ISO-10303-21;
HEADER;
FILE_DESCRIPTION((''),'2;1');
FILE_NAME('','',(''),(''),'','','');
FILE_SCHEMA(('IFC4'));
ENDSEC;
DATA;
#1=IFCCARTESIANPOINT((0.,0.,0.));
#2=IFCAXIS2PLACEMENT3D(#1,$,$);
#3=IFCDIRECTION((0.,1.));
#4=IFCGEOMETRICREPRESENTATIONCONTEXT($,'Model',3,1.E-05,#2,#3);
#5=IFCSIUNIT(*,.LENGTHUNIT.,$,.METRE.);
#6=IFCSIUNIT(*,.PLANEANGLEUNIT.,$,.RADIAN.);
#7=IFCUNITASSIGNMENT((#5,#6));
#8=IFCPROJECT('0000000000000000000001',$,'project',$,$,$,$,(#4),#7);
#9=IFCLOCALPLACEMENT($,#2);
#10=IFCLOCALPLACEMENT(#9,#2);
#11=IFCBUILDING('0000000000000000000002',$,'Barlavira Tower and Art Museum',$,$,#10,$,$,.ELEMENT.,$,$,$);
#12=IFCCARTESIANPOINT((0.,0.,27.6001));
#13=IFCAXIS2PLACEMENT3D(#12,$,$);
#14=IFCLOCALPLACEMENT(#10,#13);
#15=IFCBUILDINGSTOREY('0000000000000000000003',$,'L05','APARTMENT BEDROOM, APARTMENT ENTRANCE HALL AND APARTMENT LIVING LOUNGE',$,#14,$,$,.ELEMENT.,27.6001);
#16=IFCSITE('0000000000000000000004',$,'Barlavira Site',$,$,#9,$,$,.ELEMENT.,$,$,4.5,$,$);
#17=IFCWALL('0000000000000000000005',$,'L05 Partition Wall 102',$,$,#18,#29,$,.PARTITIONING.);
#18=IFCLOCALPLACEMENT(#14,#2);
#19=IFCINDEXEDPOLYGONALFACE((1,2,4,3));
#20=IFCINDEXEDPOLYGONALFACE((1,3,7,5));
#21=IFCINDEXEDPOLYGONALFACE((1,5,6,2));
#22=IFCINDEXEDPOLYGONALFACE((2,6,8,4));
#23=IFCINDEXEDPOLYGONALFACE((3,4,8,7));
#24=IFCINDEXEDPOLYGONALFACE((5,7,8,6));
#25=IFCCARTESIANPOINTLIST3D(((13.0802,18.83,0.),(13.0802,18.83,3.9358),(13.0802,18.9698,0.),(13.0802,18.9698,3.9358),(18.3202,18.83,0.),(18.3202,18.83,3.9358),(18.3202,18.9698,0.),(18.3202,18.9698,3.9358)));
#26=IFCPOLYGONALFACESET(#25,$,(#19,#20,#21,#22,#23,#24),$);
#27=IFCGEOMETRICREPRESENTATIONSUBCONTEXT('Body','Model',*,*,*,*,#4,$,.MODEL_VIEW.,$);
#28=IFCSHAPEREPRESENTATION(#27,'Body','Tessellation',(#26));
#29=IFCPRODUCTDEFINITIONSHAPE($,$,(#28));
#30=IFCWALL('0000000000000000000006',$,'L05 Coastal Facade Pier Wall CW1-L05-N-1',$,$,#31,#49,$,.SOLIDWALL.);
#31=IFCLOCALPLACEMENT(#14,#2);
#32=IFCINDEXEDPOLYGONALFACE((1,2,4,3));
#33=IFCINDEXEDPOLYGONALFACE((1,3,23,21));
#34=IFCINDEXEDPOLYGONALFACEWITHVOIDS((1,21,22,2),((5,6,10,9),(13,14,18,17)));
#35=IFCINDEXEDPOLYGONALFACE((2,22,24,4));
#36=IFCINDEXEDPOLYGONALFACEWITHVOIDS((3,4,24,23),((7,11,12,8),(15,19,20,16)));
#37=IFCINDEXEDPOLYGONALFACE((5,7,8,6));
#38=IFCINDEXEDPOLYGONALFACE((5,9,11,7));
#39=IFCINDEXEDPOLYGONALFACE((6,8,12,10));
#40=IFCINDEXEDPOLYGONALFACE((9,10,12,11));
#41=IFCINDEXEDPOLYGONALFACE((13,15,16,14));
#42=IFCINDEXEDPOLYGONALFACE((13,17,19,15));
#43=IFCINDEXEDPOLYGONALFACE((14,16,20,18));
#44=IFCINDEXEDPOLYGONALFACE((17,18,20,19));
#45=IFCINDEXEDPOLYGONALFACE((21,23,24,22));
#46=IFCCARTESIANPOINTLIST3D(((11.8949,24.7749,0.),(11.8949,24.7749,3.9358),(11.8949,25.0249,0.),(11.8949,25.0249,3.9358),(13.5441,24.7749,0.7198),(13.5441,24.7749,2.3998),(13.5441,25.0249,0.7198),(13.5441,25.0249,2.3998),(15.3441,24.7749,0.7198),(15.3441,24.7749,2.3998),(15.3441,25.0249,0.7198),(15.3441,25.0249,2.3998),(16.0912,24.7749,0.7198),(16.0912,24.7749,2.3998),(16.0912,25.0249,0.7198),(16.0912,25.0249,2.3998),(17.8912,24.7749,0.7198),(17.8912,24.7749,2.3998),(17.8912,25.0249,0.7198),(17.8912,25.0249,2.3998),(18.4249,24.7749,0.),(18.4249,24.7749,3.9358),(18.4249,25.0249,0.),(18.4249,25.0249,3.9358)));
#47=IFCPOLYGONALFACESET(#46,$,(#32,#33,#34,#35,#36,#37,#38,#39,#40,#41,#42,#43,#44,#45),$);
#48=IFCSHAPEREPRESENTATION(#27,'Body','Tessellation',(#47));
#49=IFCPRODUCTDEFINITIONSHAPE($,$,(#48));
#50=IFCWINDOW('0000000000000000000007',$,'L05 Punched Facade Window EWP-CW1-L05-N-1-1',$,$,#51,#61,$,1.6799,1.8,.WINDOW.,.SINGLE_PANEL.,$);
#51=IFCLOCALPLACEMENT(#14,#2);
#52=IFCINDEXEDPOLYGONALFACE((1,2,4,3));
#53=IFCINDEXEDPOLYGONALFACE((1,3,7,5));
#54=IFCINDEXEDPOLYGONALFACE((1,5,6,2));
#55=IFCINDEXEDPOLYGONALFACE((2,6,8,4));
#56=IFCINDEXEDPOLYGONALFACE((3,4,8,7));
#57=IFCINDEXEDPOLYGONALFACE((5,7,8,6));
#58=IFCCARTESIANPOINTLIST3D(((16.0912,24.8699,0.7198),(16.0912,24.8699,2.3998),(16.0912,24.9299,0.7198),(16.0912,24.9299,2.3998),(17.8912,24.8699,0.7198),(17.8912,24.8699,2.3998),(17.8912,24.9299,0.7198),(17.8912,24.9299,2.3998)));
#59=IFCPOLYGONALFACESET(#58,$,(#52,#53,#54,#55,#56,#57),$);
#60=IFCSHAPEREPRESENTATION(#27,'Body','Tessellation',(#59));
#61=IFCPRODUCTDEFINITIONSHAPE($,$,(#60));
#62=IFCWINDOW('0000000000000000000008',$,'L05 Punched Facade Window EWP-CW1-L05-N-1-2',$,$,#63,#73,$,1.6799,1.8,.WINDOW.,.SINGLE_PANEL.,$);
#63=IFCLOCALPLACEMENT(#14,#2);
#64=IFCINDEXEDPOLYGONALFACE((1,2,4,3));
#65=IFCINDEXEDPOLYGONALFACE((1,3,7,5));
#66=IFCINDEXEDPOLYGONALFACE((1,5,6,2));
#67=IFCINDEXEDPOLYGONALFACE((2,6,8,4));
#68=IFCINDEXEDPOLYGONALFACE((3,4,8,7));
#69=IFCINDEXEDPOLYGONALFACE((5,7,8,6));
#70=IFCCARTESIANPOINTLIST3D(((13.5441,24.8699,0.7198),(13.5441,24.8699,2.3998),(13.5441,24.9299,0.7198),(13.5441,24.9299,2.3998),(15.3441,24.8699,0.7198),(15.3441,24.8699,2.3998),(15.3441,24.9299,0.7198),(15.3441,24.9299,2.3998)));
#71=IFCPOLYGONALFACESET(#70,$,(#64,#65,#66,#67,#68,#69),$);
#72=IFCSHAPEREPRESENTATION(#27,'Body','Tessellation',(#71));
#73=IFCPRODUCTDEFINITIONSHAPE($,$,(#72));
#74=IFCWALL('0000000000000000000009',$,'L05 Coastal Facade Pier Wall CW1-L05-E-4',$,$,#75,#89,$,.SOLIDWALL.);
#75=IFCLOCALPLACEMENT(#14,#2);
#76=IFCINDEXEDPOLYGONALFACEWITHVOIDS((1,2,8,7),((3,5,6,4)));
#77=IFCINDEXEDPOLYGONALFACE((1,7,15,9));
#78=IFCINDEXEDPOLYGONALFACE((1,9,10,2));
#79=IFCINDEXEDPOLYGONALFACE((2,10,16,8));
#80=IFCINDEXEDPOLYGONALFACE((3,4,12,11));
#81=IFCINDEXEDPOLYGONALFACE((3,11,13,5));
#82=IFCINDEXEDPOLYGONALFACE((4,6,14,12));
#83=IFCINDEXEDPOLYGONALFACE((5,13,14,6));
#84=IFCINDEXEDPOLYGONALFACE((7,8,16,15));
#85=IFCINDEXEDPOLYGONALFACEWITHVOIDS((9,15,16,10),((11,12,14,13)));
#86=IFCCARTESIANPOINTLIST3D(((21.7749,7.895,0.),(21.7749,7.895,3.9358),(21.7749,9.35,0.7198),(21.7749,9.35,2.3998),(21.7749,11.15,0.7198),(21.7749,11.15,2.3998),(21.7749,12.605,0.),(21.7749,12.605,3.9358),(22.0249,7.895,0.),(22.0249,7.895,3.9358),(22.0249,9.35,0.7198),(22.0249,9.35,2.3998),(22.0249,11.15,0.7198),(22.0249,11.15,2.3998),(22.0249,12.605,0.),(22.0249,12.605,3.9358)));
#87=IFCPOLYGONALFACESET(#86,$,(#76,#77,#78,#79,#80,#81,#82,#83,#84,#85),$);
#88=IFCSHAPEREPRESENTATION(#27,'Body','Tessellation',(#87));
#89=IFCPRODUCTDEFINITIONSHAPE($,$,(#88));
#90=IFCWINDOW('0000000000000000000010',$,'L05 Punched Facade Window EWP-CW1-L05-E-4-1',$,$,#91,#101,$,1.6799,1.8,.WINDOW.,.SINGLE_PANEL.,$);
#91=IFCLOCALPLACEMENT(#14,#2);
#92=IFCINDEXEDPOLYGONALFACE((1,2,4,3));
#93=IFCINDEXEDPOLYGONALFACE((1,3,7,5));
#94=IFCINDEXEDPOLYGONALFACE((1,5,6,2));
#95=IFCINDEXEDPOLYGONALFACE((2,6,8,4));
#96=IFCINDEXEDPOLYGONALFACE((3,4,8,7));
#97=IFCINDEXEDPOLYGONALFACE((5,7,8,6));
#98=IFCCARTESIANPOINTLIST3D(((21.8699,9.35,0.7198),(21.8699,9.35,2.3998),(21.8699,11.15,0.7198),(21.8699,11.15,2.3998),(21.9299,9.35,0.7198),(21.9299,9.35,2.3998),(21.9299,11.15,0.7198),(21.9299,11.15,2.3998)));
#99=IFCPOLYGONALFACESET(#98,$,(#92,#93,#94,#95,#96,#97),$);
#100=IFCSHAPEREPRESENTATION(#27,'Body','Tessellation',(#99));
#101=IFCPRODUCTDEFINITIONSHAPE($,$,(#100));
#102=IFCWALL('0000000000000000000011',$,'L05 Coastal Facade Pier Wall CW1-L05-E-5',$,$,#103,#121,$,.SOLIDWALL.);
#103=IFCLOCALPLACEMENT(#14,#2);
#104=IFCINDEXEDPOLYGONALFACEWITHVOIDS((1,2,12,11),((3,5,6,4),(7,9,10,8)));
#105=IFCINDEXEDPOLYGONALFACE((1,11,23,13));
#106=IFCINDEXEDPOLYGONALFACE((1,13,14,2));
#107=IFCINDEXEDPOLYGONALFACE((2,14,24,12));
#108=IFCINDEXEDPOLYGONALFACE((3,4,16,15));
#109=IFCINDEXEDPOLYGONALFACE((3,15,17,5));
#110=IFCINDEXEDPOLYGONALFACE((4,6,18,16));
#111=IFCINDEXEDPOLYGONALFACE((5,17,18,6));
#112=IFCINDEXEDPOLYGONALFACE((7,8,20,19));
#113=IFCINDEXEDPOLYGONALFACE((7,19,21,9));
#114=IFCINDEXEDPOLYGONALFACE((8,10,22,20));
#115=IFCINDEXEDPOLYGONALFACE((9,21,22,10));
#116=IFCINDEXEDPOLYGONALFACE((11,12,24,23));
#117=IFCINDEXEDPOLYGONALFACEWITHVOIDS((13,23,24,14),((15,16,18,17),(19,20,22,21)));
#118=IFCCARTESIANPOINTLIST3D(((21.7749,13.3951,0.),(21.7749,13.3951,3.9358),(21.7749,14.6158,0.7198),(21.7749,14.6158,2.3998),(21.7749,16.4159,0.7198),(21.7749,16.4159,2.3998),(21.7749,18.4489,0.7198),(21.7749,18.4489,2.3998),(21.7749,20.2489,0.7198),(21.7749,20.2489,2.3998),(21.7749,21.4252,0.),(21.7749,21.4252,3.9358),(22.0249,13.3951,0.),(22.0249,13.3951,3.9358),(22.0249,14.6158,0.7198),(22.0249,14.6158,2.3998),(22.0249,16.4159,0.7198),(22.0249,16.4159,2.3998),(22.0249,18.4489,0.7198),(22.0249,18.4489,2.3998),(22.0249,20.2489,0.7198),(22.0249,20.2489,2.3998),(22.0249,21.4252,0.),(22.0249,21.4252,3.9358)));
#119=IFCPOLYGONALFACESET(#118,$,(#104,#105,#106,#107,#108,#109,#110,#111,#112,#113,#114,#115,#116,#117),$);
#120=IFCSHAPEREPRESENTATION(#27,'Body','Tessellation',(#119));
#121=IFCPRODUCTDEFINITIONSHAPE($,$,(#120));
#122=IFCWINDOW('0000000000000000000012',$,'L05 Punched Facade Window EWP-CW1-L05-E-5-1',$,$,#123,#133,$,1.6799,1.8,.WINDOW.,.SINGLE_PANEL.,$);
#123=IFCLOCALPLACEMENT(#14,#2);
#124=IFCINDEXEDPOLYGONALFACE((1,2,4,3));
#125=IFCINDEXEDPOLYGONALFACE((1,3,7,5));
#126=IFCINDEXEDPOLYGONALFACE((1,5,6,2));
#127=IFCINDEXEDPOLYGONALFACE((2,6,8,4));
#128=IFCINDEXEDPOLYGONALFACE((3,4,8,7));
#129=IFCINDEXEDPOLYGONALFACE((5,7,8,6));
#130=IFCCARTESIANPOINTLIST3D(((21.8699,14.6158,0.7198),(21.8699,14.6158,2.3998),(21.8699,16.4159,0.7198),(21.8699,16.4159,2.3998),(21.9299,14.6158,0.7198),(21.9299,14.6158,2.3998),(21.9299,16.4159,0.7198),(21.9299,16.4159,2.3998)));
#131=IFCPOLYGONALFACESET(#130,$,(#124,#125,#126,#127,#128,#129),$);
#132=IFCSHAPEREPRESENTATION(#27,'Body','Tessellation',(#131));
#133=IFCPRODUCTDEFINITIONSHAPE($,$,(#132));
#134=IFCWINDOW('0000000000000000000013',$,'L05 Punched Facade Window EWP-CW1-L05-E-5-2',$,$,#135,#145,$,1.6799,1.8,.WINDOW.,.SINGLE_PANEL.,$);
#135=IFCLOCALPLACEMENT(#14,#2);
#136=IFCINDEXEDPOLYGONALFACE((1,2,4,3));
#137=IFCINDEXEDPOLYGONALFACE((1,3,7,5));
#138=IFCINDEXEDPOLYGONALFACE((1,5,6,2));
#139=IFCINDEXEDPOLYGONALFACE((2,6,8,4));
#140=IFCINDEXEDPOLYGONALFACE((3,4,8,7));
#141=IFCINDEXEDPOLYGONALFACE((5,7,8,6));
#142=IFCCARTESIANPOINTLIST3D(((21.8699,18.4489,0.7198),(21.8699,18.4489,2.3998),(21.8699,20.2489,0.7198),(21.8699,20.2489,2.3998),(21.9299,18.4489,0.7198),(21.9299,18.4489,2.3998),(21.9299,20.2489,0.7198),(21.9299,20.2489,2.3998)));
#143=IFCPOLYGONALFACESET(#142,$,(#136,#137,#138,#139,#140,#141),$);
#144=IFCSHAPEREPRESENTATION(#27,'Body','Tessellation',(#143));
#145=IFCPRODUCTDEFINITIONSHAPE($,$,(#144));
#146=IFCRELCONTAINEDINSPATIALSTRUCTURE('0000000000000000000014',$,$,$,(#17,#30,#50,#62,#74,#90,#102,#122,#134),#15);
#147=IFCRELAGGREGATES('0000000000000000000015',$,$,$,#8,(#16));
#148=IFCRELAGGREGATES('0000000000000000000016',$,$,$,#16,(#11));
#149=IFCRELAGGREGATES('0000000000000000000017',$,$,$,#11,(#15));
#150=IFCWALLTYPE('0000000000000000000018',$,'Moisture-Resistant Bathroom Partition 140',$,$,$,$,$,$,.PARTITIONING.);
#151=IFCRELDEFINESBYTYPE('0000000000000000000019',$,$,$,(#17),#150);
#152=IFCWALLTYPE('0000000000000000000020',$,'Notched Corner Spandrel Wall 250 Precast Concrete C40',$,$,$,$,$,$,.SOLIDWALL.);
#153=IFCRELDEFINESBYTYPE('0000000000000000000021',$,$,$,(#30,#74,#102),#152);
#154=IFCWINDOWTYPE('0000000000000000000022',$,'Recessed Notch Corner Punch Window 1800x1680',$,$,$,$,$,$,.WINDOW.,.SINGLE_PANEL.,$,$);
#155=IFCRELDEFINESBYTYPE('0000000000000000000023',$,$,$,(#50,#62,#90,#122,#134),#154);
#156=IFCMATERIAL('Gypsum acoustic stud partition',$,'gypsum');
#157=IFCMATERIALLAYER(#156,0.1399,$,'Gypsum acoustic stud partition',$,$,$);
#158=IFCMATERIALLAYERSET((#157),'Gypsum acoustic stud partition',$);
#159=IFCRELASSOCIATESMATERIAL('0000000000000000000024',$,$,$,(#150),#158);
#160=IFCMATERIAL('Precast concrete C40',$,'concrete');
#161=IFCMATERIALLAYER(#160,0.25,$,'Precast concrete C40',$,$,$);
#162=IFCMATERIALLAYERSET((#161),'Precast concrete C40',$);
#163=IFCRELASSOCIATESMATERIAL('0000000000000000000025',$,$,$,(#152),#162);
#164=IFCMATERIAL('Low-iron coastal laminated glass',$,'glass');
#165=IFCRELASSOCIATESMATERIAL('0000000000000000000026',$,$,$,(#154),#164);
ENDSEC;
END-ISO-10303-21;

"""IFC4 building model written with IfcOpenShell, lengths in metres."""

from ifc_helpers import new_model, si_unit, direction, frame, frame_2d, origin, place, context, subcontext, project, spatial, rectangle, extrude, material, layer, layer_set, type_object, element, fill, save


model = new_model("IFC4")

# Units and contexts
model_context = context("Model", 3, precision=1e-05, world=origin(), true_north=direction((0.0, 1.0)))
body_context = subcontext(model_context, "Body", "Model", "MODEL_VIEW")
ifc_project = project(units=[si_unit("LENGTHUNIT", "METRE"), si_unit("PLANEANGLEUNIT", "RADIAN")], contexts=[model_context])

# Site, building, storey
site_placement = place(None, origin())
site = spatial("IfcSite", under=ifc_project, at=site_placement, Name="Barlavira Site", CompositionType="ELEMENT", RefElevation=4.5)
building_placement = place(site_placement, origin())
building = spatial("IfcBuilding", under=site, at=building_placement, Name="Barlavira Tower and Art Museum", CompositionType="ELEMENT")
storey_placement = place(building_placement, frame((0.0, 0.0, 27.6001)))
storey = spatial("IfcBuildingStorey", under=building, at=storey_placement, Name="L05", Description="APARTMENT BEDROOM, APARTMENT ENTRANCE HALL AND APARTMENT LIVING LOUNGE", CompositionType="ELEMENT", Elevation=27.6001)

# Shared definitions
ifc_material_1 = material(Name="Low-iron coastal laminated glass", Category="glass")

# Shared definitions
ifc_material_2 = material(Name="Gypsum acoustic stud partition", Category="gypsum")

# Wall
ifc_layer_1 = layer(ifc_material_2, 0.1399, Name="Gypsum acoustic stud partition")
ifc_layer_set_1 = layer_set([ifc_layer_1], Name="Gypsum acoustic stud partition")
wall_type_1 = type_object("IfcWallType", Name="Moisture-Resistant Bathroom Partition 140", PredefinedType="PARTITIONING", material=ifc_layer_set_1)
wall_1_placement = place(storey_placement, frame((13.0801, 18.8999, 0.0), z_axis=(0.0, 0.0, 1.0), x_axis=(1.0, 0.0, 0.0)))
element("IfcWall", 1, at=wall_1_placement, inside=storey, type_object=wall_type_1, Name="L05 Partition Wall 102", PredefinedType="PARTITIONING", context=body_context, shape_type="SweptSolid", body=[
    extrude(rectangle(XDim=5.24, YDim=0.1399, at=frame_2d((2.6201, 0.0))), origin(), (0.0, 0.0, 1.0), 3.9358),
])

# Wall, openings, windows
ifc_material_3 = material(Name="Precast concrete C40", Category="concrete")
ifc_layer_2 = layer(ifc_material_3, 0.25, Name="Precast concrete C40")
ifc_layer_set_2 = layer_set([ifc_layer_2], Name="Precast concrete C40")
wall_type_2 = type_object("IfcWallType", Name="Notched Corner Spandrel Wall 250 Precast Concrete C40", PredefinedType="SOLIDWALL", material=ifc_layer_set_2)
wall_2_placement = place(storey_placement, frame((18.425, 24.8999, 0.0), z_axis=(0.0, 0.0, 1.0), x_axis=(-1.0, 0.0, 0.0)))
wall_2 = element("IfcWall", 2, at=wall_2_placement, inside=storey, type_object=wall_type_2, Name="L05 Coastal Facade Pier Wall CW1-L05-N-1", PredefinedType="SOLIDWALL", context=body_context, shape_type="SweptSolid", body=[
    extrude(rectangle(XDim=6.53, YDim=0.25, at=frame_2d((3.2651, 0.0))), origin(), (0.0, 0.0, 1.0), 3.9358),
])
opening_1_placement = place(wall_2_placement, frame((0.5339, 0.0, 0.72)))
opening_1 = element("IfcOpeningElement", 3, at=opening_1_placement, cuts=wall_2, PredefinedType="OPENING", context=body_context, shape_type="SweptSolid", body=[
    extrude(rectangle(XDim=1.8, YDim=1.6799, at=frame_2d((0.8999, 0.8398))), frame((0.0, 0.135, 0.0), z_axis=(0.0, -1.0, 0.0), x_axis=(1.0, 0.0, 0.0)), (0.0, 0.0, 1.0), 0.27),
])
opening_2_placement = place(wall_2_placement, frame((3.0811, 0.0, 0.72)))
opening_2 = element("IfcOpeningElement", 4, at=opening_2_placement, cuts=wall_2, PredefinedType="OPENING", context=body_context, shape_type="SweptSolid", body=[
    extrude(rectangle(XDim=1.8, YDim=1.6799, at=frame_2d((0.8999, 0.8398))), frame((0.0, 0.135, 0.0), z_axis=(0.0, -1.0, 0.0), x_axis=(1.0, 0.0, 0.0)), (0.0, 0.0, 1.0), 0.27),
])
window_type = type_object("IfcWindowType", Name="Recessed Notch Corner Punch Window 1800x1680", PartitioningType="SINGLE_PANEL", PredefinedType="WINDOW", material=ifc_material_1)
window_1_placement = place(opening_1_placement, origin())
window_1 = element("IfcWindow", 5, at=window_1_placement, inside=storey, type_object=window_type, Name="L05 Punched Facade Window EWP-CW1-L05-N-1-1", OverallHeight=1.6799, OverallWidth=1.8, PartitioningType="SINGLE_PANEL", PredefinedType="WINDOW", context=body_context, shape_type="SweptSolid", body=[
    extrude(rectangle(XDim=1.8, YDim=1.6799, at=frame_2d((0.8999, 0.8398))), frame((0.0, 0.03, 0.0), z_axis=(0.0, -1.0, 0.0), x_axis=(1.0, 0.0, 0.0)), (0.0, 0.0, 1.0), 0.0601),
])
fill(opening_1, window_1)
window_2_placement = place(opening_2_placement, origin())
window_2 = element("IfcWindow", 6, at=window_2_placement, inside=storey, type_object=window_type, Name="L05 Punched Facade Window EWP-CW1-L05-N-1-2", OverallHeight=1.6799, OverallWidth=1.8, PartitioningType="SINGLE_PANEL", PredefinedType="WINDOW", context=body_context, shape_type="SweptSolid", body=[
    extrude(rectangle(XDim=1.8, YDim=1.6799, at=frame_2d((0.8999, 0.8398))), frame((0.0, 0.03, 0.0), z_axis=(0.0, -1.0, 0.0), x_axis=(1.0, 0.0, 0.0)), (0.0, 0.0, 1.0), 0.0601),
])
fill(opening_2, window_2)

# Wall, opening, window
wall_3_placement = place(storey_placement, frame((21.8999, 7.895, 0.0), z_axis=(0.0, 0.0, 1.0), x_axis=(0.0, 1.0, 0.0)))
wall_3 = element("IfcWall", 7, at=wall_3_placement, inside=storey, type_object=wall_type_2, Name="L05 Coastal Facade Pier Wall CW1-L05-E-4", PredefinedType="SOLIDWALL", context=body_context, shape_type="SweptSolid", body=[
    extrude(rectangle(XDim=4.71, YDim=0.25, at=frame_2d((2.355, 0.0))), origin(), (0.0, 0.0, 1.0), 3.9358),
])
opening_3_placement = place(wall_3_placement, frame((1.4551, 0.0, 0.72)))
opening_3 = element("IfcOpeningElement", 8, at=opening_3_placement, cuts=wall_3, PredefinedType="OPENING", context=body_context, shape_type="SweptSolid", body=[
    extrude(rectangle(XDim=1.8, YDim=1.6799, at=frame_2d((0.8999, 0.8398))), frame((0.0, 0.135, 0.0), z_axis=(0.0, -1.0, 0.0), x_axis=(1.0, 0.0, 0.0)), (0.0, 0.0, 1.0), 0.27),
])
window_3_placement = place(opening_3_placement, origin())
window_3 = element("IfcWindow", 9, at=window_3_placement, inside=storey, type_object=window_type, Name="L05 Punched Facade Window EWP-CW1-L05-E-4-1", OverallHeight=1.6799, OverallWidth=1.8, PartitioningType="SINGLE_PANEL", PredefinedType="WINDOW", context=body_context, shape_type="SweptSolid", body=[
    extrude(rectangle(XDim=1.8, YDim=1.6799, at=frame_2d((0.8999, 0.8398))), frame((0.0, 0.03, 0.0), z_axis=(0.0, -1.0, 0.0), x_axis=(1.0, 0.0, 0.0)), (0.0, 0.0, 1.0), 0.0601),
])
fill(opening_3, window_3)

# Wall, openings, windows
wall_4_placement = place(storey_placement, frame((21.8999, 13.395, 0.0), z_axis=(0.0, 0.0, 1.0), x_axis=(0.0, 1.0, 0.0)))
wall_4 = element("IfcWall", 10, at=wall_4_placement, inside=storey, type_object=wall_type_2, Name="L05 Coastal Facade Pier Wall CW1-L05-E-5", PredefinedType="SOLIDWALL", context=body_context, shape_type="SweptSolid", body=[
    extrude(rectangle(XDim=8.03, YDim=0.25, at=frame_2d((4.0151, 0.0))), origin(), (0.0, 0.0, 1.0), 3.9358),
])
opening_4_placement = place(wall_4_placement, frame((1.2209, 0.0, 0.72)))
opening_4 = element("IfcOpeningElement", 11, at=opening_4_placement, cuts=wall_4, PredefinedType="OPENING", context=body_context, shape_type="SweptSolid", body=[
    extrude(rectangle(XDim=1.8, YDim=1.6799, at=frame_2d((0.8999, 0.8398))), frame((0.0, 0.135, 0.0), z_axis=(0.0, -1.0, 0.0), x_axis=(1.0, 0.0, 0.0)), (0.0, 0.0, 1.0), 0.27),
])
opening_5_placement = place(wall_4_placement, frame((5.054, 0.0, 0.72)))
opening_5 = element("IfcOpeningElement", 12, at=opening_5_placement, cuts=wall_4, PredefinedType="OPENING", context=body_context, shape_type="SweptSolid", body=[
    extrude(rectangle(XDim=1.8, YDim=1.6799, at=frame_2d((0.8999, 0.8398))), frame((0.0, 0.135, 0.0), z_axis=(0.0, -1.0, 0.0), x_axis=(1.0, 0.0, 0.0)), (0.0, 0.0, 1.0), 0.27),
])
window_4_placement = place(opening_4_placement, origin())
window_4 = element("IfcWindow", 13, at=window_4_placement, inside=storey, type_object=window_type, Name="L05 Punched Facade Window EWP-CW1-L05-E-5-1", OverallHeight=1.6799, OverallWidth=1.8, PartitioningType="SINGLE_PANEL", PredefinedType="WINDOW", context=body_context, shape_type="SweptSolid", body=[
    extrude(rectangle(XDim=1.8, YDim=1.6799, at=frame_2d((0.8999, 0.8398))), frame((0.0, 0.03, 0.0), z_axis=(0.0, -1.0, 0.0), x_axis=(1.0, 0.0, 0.0)), (0.0, 0.0, 1.0), 0.0601),
])
fill(opening_4, window_4)
window_5_placement = place(opening_5_placement, origin())
window_5 = element("IfcWindow", 14, at=window_5_placement, inside=storey, type_object=window_type, Name="L05 Punched Facade Window EWP-CW1-L05-E-5-2", OverallHeight=1.6799, OverallWidth=1.8, PartitioningType="SINGLE_PANEL", PredefinedType="WINDOW", context=body_context, shape_type="SweptSolid", body=[
    extrude(rectangle(XDim=1.8, YDim=1.6799, at=frame_2d((0.8999, 0.8398))), frame((0.0, 0.03, 0.0), z_axis=(0.0, -1.0, 0.0), x_axis=(1.0, 0.0, 0.0)), (0.0, 0.0, 1.0), 0.0601),
])
fill(opening_5, window_5)

save(model, "model.ifc")
